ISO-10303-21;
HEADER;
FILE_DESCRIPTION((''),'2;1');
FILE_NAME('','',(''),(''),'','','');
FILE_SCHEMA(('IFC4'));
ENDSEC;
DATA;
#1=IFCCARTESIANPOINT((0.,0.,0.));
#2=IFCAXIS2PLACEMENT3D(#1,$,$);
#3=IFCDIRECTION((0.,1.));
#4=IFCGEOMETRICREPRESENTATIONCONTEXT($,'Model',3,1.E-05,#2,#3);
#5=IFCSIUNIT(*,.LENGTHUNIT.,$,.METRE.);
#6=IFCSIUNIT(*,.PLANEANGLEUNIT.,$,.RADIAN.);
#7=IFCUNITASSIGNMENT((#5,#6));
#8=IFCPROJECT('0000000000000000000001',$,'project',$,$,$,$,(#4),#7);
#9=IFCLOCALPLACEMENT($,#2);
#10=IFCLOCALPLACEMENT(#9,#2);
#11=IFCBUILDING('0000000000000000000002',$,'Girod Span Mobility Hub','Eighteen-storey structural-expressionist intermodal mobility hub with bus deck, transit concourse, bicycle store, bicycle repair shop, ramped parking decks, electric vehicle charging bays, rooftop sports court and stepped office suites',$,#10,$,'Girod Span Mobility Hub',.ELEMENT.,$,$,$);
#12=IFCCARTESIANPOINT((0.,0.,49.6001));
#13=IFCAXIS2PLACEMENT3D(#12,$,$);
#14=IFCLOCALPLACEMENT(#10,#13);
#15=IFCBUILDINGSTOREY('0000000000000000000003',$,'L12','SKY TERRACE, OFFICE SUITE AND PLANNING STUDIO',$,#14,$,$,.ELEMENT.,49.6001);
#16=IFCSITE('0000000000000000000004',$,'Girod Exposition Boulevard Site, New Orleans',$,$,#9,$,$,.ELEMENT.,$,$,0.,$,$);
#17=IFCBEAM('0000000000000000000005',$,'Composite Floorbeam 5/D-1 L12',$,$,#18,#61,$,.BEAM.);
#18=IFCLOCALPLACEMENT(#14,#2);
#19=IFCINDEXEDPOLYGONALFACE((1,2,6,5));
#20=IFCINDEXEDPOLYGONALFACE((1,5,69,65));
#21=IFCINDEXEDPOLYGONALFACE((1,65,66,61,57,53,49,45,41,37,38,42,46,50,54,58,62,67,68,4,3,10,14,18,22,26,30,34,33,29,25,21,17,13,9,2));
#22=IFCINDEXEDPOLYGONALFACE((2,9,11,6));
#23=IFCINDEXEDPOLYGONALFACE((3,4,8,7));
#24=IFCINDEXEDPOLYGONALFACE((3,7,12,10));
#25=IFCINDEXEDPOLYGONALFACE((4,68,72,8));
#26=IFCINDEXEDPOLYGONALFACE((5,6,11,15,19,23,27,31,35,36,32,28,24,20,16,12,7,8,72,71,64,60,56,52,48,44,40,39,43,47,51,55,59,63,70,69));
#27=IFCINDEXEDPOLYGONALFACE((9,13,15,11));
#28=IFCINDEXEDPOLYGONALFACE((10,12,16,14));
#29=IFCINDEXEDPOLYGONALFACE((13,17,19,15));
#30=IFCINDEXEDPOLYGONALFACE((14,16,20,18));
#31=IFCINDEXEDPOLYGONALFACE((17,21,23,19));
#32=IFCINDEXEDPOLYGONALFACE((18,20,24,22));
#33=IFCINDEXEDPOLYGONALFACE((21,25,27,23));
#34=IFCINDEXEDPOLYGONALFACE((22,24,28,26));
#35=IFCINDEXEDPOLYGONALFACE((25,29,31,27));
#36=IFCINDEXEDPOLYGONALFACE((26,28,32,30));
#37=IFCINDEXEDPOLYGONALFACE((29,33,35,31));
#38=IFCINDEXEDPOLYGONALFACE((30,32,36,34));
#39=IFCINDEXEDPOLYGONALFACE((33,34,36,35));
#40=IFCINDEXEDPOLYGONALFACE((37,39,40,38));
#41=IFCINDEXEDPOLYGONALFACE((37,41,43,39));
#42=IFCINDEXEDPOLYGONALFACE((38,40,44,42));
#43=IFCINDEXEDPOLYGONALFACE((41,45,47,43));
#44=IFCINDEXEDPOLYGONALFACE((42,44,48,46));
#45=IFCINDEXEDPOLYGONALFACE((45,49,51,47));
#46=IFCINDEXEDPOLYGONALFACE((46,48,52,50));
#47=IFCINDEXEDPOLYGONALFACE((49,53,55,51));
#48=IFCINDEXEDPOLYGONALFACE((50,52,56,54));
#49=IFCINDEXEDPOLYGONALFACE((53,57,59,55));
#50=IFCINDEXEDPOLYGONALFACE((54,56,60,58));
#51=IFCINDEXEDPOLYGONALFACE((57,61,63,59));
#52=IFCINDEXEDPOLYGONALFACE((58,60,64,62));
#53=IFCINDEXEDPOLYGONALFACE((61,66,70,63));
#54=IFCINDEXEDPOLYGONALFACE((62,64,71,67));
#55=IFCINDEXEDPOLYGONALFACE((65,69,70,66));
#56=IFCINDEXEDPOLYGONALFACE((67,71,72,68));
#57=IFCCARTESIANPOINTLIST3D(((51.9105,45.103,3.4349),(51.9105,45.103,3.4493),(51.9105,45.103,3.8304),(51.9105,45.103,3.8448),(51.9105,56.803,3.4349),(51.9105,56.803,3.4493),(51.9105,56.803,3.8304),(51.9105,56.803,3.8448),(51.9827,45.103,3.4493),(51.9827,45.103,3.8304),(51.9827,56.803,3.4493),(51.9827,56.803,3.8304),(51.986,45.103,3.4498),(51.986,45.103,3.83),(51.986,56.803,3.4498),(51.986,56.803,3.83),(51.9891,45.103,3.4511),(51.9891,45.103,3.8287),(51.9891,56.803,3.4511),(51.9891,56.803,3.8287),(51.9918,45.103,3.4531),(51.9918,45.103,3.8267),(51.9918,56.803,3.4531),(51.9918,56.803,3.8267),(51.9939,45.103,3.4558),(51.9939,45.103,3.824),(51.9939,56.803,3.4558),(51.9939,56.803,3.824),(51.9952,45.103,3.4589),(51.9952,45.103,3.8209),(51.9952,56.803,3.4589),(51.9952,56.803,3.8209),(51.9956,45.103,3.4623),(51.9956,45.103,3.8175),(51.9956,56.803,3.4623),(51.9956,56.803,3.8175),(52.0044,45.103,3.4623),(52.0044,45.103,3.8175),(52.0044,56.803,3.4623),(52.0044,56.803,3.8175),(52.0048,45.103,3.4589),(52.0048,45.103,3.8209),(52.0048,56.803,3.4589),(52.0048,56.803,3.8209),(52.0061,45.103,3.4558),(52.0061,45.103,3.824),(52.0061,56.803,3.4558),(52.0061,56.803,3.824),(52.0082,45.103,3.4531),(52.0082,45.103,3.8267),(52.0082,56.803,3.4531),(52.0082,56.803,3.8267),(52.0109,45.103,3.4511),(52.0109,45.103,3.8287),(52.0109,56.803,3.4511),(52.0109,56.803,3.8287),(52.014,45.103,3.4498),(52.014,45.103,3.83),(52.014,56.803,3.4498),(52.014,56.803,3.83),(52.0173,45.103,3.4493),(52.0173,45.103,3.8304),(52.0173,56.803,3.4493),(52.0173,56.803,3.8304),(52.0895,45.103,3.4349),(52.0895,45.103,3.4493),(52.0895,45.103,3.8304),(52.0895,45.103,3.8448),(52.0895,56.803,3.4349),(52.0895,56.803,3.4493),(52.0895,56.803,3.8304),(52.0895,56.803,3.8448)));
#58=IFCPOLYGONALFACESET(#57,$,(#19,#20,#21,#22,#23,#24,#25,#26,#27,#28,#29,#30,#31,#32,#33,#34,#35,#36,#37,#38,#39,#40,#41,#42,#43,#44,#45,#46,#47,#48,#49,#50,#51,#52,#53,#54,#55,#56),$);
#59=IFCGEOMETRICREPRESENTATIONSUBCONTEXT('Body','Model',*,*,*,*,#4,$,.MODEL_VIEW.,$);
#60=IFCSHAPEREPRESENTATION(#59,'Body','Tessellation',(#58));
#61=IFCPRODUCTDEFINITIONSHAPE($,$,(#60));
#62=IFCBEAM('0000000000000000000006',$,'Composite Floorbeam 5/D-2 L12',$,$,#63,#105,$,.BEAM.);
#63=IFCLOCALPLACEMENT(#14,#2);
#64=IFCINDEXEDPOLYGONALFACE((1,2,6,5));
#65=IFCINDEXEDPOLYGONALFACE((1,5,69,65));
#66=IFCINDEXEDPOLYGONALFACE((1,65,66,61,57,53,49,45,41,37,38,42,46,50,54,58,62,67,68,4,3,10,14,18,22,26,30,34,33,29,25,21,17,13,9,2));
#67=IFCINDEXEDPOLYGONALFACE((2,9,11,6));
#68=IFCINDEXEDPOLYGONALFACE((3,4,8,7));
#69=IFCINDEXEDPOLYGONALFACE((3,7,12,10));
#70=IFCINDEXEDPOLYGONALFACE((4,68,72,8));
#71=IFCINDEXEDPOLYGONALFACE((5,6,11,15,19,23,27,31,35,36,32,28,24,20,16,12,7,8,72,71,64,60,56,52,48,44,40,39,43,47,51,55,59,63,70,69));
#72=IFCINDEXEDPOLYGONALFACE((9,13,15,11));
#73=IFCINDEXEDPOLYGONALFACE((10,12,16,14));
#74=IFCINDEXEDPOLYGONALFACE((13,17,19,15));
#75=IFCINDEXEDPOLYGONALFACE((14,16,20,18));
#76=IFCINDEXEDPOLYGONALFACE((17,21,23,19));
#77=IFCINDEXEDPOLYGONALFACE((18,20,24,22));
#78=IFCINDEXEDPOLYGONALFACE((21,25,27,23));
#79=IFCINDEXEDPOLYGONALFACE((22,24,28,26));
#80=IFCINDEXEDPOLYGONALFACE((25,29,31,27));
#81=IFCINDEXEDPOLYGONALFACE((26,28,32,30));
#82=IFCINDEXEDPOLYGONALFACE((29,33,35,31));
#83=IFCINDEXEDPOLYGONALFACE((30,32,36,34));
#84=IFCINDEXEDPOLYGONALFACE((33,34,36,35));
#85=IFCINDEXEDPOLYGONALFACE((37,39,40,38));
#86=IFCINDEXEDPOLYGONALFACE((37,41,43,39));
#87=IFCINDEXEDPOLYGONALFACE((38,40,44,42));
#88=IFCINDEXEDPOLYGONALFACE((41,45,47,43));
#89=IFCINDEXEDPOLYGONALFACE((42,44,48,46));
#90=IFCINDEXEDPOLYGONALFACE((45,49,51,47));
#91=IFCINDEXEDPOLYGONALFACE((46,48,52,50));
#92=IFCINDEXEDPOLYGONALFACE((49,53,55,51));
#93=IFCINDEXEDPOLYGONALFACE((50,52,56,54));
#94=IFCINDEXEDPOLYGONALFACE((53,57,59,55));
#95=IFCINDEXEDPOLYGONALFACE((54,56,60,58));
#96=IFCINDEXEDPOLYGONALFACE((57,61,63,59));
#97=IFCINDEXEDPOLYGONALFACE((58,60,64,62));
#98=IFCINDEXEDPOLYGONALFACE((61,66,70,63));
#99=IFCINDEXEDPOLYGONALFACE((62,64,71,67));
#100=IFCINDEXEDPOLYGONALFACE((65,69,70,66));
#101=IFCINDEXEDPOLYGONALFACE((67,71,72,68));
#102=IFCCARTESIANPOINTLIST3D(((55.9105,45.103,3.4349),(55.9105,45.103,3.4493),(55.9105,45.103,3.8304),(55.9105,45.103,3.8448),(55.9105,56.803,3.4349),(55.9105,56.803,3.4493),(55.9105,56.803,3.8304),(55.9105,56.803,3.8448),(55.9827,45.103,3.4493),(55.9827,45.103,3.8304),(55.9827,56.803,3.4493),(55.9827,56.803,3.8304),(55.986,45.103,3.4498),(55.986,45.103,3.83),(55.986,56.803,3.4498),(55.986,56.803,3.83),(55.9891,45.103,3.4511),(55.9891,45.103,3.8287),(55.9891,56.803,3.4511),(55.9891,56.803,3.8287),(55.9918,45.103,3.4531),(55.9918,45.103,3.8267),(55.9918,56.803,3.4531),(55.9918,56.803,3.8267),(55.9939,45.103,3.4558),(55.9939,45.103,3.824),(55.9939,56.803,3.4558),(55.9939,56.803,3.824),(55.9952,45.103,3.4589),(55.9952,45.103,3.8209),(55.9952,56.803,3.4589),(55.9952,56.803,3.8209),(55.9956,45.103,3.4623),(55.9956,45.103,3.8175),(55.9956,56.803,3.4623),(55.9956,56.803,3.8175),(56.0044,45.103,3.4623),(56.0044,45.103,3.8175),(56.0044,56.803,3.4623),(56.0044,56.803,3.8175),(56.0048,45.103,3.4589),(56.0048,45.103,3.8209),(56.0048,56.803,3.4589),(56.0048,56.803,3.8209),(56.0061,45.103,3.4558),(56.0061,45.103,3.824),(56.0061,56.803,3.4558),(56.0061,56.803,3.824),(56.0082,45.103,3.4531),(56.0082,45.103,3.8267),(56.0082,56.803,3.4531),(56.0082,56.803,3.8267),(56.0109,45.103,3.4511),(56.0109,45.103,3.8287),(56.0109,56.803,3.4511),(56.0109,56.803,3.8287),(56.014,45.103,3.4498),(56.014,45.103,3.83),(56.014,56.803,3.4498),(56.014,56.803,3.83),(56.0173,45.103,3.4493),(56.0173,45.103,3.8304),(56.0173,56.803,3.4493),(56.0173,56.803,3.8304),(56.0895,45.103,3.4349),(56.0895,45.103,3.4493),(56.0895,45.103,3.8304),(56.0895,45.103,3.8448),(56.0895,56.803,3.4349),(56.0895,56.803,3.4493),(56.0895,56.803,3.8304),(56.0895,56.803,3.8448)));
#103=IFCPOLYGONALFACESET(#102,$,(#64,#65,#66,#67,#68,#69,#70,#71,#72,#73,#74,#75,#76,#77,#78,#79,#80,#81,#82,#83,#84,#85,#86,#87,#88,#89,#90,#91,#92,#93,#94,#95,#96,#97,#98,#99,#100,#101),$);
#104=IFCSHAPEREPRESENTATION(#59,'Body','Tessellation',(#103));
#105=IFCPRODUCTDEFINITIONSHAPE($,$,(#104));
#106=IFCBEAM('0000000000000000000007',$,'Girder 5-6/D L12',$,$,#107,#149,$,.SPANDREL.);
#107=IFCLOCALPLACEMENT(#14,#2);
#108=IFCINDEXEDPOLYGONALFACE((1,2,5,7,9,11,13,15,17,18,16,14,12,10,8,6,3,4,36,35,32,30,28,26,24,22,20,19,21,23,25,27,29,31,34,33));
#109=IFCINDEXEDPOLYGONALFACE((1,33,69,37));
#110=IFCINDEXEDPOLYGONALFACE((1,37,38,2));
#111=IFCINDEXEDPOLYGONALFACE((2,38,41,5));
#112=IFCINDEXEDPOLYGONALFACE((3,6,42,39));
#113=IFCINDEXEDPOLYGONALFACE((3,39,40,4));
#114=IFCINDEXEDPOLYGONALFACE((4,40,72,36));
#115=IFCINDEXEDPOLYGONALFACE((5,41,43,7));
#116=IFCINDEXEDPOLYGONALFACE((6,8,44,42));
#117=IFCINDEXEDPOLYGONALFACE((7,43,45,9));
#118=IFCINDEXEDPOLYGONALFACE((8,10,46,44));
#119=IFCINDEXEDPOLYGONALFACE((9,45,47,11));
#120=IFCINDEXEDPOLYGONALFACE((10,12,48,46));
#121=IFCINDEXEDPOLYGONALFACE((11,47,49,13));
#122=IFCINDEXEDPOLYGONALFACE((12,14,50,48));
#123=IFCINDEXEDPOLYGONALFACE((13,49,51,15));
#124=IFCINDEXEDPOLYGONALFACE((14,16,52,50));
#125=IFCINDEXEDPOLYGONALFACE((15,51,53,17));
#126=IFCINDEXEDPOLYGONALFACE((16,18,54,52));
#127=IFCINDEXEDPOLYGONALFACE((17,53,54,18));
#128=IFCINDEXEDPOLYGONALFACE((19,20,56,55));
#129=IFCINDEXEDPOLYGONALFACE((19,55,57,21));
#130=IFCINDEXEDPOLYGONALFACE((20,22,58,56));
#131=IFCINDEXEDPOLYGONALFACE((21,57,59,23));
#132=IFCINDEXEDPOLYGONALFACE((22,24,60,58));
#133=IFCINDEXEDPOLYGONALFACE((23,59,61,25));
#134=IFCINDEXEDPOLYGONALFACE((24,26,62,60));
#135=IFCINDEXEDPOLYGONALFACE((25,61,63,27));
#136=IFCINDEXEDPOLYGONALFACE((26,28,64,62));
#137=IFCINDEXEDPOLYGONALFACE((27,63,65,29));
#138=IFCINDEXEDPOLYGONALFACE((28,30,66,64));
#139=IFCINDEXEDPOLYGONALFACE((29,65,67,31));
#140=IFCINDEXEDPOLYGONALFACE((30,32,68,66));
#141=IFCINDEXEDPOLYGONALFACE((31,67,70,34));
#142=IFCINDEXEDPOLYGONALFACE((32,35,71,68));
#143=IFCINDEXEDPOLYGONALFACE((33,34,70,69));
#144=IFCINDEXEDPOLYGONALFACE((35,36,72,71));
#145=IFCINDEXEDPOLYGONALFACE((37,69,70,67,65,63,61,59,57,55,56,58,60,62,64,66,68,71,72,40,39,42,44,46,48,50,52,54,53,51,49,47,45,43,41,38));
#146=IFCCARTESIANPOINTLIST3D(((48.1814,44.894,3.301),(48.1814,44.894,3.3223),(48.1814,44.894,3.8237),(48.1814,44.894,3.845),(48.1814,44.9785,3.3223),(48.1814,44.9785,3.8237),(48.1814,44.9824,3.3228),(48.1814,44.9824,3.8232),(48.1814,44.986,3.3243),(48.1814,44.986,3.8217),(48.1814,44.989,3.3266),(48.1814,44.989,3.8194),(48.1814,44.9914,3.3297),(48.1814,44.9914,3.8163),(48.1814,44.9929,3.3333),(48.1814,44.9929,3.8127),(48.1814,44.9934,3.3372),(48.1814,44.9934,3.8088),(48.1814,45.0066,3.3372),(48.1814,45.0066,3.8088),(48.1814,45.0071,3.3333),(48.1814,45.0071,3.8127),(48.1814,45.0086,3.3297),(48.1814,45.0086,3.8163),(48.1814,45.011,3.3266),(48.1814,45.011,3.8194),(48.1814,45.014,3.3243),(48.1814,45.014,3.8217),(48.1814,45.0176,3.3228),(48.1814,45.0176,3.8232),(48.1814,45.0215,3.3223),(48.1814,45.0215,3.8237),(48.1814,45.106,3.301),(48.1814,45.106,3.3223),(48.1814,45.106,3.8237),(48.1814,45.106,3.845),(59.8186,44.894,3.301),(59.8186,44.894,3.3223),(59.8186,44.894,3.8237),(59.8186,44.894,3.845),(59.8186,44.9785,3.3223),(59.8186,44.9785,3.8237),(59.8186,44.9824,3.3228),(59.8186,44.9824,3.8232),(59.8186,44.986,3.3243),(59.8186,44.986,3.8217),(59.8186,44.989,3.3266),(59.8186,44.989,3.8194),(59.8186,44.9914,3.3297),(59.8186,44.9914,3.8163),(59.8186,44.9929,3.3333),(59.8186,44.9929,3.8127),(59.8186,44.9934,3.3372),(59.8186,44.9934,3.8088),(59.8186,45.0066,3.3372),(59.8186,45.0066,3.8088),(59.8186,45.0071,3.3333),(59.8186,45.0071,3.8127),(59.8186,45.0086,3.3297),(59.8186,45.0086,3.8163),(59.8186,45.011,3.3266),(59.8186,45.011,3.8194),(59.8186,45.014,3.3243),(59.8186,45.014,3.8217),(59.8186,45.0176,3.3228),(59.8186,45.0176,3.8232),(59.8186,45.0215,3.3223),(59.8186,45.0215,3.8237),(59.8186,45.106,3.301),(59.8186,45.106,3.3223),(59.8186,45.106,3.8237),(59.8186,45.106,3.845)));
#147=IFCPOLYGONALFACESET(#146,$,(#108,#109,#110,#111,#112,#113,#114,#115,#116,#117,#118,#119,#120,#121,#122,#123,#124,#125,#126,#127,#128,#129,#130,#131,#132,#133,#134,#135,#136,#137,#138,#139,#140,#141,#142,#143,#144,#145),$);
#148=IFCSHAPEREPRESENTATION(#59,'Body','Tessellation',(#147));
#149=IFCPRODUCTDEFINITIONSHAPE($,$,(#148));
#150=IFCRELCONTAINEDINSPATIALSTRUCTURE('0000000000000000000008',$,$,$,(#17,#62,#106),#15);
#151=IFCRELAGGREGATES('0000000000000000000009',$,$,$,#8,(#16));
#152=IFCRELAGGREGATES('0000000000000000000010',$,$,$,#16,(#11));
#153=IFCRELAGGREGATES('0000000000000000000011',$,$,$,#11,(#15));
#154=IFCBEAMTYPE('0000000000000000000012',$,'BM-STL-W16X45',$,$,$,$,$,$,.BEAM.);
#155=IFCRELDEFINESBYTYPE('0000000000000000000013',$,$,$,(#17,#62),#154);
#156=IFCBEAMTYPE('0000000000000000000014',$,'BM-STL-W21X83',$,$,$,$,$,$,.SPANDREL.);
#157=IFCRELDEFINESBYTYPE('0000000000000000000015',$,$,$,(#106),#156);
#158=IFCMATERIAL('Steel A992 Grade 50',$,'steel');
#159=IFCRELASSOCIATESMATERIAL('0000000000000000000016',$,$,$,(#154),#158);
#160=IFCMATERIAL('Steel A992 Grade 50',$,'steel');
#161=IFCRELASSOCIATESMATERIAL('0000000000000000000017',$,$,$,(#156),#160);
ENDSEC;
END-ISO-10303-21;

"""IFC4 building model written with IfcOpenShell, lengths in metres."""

from ifc_helpers import new_model, si_unit, direction, frame, origin, origin_2d, place, context, subcontext, project, spatial, i_section, extrude, material, material_profile, profile_set, type_object, element, save


model = new_model("IFC4")

# Units and contexts
model_context = context("Model", 3, precision=1e-05, world=origin(), true_north=direction((0.0, 1.0)))
body_context = subcontext(model_context, "Body", "Model", "MODEL_VIEW")
ifc_project = project(units=[si_unit("LENGTHUNIT", "METRE"), si_unit("PLANEANGLEUNIT", "RADIAN")], contexts=[model_context])

# Site, building, storey
site_placement = place(None, origin())
site = spatial("IfcSite", under=ifc_project, at=site_placement, Name="Girod Exposition Boulevard Site, New Orleans", CompositionType="ELEMENT", RefElevation=0.0)
building_placement = place(site_placement, origin())
building = spatial("IfcBuilding", under=site, at=building_placement, Name="Girod Span Mobility Hub", Description="Eighteen-storey structural-expressionist intermodal mobility hub with bus deck, transit concourse, bicycle store, bicycle repair shop, ramped parking decks, electric vehicle charging bays, rooftop sports court and stepped office suites", LongName="Girod Span Mobility Hub", CompositionType="ELEMENT")
storey_placement = place(building_placement, frame((0.0, 0.0, 49.6001)))
storey = spatial("IfcBuildingStorey", under=building, at=storey_placement, Name="L12", Description="SKY TERRACE, OFFICE SUITE AND PLANNING STUDIO", CompositionType="ELEMENT", Elevation=49.6001)

# Beams
ifc_material_1 = material(Name="Steel A992 Grade 50", Category="steel")
ifc_material_profile_1 = material_profile(ifc_material_1, i_section(OverallWidth=0.179, OverallDepth=0.4099, WebThickness=0.0088, FlangeThickness=0.0144, FilletRadius=0.0129, at=origin_2d()), Name="W16X45")
ifc_profile_set_1 = profile_set([ifc_material_profile_1], Name="Steel A992 Grade 50")
beam_type_1 = type_object("IfcBeamType", Name="BM-STL-W16X45", PredefinedType="BEAM", material=ifc_profile_set_1)
for number, where, z_axis, x_axis, name in (
    (1, (52.0, 45.103, 3.6399), (0.0, 1.0, 0.0), (-1.0, 0.0, 0.0), "Composite Floorbeam 5/D-1 L12"),
    (2, (56.0, 45.103, 3.6399), (0.0, 1.0, 0.0), (-1.0, 0.0, 0.0), "Composite Floorbeam 5/D-2 L12"),
):
    element("IfcBeam", number, at=place(storey_placement, frame(where, z_axis=z_axis, x_axis=x_axis)), inside=storey, type_object=beam_type_1, Name=name, PredefinedType="BEAM", context=body_context, shape_type="SweptSolid", body=[
        extrude(i_section(OverallWidth=0.179, OverallDepth=0.4099, WebThickness=0.0088, FlangeThickness=0.0144, FilletRadius=0.0129, at=origin_2d()), origin(), (0.0, 0.0, 1.0), 11.7),
    ])
ifc_material_2 = material(Name="Steel A992 Grade 50", Category="steel")
ifc_material_profile_2 = material_profile(ifc_material_2, i_section(OverallWidth=0.2119, OverallDepth=0.5439, WebThickness=0.0132, FlangeThickness=0.0212, FilletRadius=0.0149, at=origin_2d()), Name="W21X83")
ifc_profile_set_2 = profile_set([ifc_material_profile_2], Name="Steel A992 Grade 50")
beam_type_2 = type_object("IfcBeamType", Name="BM-STL-W21X83", PredefinedType="SPANDREL", material=ifc_profile_set_2)
beam_placement = place(storey_placement, frame((48.1814, 45.0, 3.573), z_axis=(1.0, 0.0, 0.0), x_axis=(0.0, 1.0, 0.0)))
element("IfcBeam", 3, at=beam_placement, inside=storey, type_object=beam_type_2, Name="Girder 5-6/D L12", PredefinedType="SPANDREL", context=body_context, shape_type="SweptSolid", body=[
    extrude(i_section(OverallWidth=0.2119, OverallDepth=0.5439, WebThickness=0.0132, FlangeThickness=0.0212, FilletRadius=0.0149, at=origin_2d()), origin(), (0.0, 0.0, 1.0), 11.6372),
])

save(model, "model.ifc")
